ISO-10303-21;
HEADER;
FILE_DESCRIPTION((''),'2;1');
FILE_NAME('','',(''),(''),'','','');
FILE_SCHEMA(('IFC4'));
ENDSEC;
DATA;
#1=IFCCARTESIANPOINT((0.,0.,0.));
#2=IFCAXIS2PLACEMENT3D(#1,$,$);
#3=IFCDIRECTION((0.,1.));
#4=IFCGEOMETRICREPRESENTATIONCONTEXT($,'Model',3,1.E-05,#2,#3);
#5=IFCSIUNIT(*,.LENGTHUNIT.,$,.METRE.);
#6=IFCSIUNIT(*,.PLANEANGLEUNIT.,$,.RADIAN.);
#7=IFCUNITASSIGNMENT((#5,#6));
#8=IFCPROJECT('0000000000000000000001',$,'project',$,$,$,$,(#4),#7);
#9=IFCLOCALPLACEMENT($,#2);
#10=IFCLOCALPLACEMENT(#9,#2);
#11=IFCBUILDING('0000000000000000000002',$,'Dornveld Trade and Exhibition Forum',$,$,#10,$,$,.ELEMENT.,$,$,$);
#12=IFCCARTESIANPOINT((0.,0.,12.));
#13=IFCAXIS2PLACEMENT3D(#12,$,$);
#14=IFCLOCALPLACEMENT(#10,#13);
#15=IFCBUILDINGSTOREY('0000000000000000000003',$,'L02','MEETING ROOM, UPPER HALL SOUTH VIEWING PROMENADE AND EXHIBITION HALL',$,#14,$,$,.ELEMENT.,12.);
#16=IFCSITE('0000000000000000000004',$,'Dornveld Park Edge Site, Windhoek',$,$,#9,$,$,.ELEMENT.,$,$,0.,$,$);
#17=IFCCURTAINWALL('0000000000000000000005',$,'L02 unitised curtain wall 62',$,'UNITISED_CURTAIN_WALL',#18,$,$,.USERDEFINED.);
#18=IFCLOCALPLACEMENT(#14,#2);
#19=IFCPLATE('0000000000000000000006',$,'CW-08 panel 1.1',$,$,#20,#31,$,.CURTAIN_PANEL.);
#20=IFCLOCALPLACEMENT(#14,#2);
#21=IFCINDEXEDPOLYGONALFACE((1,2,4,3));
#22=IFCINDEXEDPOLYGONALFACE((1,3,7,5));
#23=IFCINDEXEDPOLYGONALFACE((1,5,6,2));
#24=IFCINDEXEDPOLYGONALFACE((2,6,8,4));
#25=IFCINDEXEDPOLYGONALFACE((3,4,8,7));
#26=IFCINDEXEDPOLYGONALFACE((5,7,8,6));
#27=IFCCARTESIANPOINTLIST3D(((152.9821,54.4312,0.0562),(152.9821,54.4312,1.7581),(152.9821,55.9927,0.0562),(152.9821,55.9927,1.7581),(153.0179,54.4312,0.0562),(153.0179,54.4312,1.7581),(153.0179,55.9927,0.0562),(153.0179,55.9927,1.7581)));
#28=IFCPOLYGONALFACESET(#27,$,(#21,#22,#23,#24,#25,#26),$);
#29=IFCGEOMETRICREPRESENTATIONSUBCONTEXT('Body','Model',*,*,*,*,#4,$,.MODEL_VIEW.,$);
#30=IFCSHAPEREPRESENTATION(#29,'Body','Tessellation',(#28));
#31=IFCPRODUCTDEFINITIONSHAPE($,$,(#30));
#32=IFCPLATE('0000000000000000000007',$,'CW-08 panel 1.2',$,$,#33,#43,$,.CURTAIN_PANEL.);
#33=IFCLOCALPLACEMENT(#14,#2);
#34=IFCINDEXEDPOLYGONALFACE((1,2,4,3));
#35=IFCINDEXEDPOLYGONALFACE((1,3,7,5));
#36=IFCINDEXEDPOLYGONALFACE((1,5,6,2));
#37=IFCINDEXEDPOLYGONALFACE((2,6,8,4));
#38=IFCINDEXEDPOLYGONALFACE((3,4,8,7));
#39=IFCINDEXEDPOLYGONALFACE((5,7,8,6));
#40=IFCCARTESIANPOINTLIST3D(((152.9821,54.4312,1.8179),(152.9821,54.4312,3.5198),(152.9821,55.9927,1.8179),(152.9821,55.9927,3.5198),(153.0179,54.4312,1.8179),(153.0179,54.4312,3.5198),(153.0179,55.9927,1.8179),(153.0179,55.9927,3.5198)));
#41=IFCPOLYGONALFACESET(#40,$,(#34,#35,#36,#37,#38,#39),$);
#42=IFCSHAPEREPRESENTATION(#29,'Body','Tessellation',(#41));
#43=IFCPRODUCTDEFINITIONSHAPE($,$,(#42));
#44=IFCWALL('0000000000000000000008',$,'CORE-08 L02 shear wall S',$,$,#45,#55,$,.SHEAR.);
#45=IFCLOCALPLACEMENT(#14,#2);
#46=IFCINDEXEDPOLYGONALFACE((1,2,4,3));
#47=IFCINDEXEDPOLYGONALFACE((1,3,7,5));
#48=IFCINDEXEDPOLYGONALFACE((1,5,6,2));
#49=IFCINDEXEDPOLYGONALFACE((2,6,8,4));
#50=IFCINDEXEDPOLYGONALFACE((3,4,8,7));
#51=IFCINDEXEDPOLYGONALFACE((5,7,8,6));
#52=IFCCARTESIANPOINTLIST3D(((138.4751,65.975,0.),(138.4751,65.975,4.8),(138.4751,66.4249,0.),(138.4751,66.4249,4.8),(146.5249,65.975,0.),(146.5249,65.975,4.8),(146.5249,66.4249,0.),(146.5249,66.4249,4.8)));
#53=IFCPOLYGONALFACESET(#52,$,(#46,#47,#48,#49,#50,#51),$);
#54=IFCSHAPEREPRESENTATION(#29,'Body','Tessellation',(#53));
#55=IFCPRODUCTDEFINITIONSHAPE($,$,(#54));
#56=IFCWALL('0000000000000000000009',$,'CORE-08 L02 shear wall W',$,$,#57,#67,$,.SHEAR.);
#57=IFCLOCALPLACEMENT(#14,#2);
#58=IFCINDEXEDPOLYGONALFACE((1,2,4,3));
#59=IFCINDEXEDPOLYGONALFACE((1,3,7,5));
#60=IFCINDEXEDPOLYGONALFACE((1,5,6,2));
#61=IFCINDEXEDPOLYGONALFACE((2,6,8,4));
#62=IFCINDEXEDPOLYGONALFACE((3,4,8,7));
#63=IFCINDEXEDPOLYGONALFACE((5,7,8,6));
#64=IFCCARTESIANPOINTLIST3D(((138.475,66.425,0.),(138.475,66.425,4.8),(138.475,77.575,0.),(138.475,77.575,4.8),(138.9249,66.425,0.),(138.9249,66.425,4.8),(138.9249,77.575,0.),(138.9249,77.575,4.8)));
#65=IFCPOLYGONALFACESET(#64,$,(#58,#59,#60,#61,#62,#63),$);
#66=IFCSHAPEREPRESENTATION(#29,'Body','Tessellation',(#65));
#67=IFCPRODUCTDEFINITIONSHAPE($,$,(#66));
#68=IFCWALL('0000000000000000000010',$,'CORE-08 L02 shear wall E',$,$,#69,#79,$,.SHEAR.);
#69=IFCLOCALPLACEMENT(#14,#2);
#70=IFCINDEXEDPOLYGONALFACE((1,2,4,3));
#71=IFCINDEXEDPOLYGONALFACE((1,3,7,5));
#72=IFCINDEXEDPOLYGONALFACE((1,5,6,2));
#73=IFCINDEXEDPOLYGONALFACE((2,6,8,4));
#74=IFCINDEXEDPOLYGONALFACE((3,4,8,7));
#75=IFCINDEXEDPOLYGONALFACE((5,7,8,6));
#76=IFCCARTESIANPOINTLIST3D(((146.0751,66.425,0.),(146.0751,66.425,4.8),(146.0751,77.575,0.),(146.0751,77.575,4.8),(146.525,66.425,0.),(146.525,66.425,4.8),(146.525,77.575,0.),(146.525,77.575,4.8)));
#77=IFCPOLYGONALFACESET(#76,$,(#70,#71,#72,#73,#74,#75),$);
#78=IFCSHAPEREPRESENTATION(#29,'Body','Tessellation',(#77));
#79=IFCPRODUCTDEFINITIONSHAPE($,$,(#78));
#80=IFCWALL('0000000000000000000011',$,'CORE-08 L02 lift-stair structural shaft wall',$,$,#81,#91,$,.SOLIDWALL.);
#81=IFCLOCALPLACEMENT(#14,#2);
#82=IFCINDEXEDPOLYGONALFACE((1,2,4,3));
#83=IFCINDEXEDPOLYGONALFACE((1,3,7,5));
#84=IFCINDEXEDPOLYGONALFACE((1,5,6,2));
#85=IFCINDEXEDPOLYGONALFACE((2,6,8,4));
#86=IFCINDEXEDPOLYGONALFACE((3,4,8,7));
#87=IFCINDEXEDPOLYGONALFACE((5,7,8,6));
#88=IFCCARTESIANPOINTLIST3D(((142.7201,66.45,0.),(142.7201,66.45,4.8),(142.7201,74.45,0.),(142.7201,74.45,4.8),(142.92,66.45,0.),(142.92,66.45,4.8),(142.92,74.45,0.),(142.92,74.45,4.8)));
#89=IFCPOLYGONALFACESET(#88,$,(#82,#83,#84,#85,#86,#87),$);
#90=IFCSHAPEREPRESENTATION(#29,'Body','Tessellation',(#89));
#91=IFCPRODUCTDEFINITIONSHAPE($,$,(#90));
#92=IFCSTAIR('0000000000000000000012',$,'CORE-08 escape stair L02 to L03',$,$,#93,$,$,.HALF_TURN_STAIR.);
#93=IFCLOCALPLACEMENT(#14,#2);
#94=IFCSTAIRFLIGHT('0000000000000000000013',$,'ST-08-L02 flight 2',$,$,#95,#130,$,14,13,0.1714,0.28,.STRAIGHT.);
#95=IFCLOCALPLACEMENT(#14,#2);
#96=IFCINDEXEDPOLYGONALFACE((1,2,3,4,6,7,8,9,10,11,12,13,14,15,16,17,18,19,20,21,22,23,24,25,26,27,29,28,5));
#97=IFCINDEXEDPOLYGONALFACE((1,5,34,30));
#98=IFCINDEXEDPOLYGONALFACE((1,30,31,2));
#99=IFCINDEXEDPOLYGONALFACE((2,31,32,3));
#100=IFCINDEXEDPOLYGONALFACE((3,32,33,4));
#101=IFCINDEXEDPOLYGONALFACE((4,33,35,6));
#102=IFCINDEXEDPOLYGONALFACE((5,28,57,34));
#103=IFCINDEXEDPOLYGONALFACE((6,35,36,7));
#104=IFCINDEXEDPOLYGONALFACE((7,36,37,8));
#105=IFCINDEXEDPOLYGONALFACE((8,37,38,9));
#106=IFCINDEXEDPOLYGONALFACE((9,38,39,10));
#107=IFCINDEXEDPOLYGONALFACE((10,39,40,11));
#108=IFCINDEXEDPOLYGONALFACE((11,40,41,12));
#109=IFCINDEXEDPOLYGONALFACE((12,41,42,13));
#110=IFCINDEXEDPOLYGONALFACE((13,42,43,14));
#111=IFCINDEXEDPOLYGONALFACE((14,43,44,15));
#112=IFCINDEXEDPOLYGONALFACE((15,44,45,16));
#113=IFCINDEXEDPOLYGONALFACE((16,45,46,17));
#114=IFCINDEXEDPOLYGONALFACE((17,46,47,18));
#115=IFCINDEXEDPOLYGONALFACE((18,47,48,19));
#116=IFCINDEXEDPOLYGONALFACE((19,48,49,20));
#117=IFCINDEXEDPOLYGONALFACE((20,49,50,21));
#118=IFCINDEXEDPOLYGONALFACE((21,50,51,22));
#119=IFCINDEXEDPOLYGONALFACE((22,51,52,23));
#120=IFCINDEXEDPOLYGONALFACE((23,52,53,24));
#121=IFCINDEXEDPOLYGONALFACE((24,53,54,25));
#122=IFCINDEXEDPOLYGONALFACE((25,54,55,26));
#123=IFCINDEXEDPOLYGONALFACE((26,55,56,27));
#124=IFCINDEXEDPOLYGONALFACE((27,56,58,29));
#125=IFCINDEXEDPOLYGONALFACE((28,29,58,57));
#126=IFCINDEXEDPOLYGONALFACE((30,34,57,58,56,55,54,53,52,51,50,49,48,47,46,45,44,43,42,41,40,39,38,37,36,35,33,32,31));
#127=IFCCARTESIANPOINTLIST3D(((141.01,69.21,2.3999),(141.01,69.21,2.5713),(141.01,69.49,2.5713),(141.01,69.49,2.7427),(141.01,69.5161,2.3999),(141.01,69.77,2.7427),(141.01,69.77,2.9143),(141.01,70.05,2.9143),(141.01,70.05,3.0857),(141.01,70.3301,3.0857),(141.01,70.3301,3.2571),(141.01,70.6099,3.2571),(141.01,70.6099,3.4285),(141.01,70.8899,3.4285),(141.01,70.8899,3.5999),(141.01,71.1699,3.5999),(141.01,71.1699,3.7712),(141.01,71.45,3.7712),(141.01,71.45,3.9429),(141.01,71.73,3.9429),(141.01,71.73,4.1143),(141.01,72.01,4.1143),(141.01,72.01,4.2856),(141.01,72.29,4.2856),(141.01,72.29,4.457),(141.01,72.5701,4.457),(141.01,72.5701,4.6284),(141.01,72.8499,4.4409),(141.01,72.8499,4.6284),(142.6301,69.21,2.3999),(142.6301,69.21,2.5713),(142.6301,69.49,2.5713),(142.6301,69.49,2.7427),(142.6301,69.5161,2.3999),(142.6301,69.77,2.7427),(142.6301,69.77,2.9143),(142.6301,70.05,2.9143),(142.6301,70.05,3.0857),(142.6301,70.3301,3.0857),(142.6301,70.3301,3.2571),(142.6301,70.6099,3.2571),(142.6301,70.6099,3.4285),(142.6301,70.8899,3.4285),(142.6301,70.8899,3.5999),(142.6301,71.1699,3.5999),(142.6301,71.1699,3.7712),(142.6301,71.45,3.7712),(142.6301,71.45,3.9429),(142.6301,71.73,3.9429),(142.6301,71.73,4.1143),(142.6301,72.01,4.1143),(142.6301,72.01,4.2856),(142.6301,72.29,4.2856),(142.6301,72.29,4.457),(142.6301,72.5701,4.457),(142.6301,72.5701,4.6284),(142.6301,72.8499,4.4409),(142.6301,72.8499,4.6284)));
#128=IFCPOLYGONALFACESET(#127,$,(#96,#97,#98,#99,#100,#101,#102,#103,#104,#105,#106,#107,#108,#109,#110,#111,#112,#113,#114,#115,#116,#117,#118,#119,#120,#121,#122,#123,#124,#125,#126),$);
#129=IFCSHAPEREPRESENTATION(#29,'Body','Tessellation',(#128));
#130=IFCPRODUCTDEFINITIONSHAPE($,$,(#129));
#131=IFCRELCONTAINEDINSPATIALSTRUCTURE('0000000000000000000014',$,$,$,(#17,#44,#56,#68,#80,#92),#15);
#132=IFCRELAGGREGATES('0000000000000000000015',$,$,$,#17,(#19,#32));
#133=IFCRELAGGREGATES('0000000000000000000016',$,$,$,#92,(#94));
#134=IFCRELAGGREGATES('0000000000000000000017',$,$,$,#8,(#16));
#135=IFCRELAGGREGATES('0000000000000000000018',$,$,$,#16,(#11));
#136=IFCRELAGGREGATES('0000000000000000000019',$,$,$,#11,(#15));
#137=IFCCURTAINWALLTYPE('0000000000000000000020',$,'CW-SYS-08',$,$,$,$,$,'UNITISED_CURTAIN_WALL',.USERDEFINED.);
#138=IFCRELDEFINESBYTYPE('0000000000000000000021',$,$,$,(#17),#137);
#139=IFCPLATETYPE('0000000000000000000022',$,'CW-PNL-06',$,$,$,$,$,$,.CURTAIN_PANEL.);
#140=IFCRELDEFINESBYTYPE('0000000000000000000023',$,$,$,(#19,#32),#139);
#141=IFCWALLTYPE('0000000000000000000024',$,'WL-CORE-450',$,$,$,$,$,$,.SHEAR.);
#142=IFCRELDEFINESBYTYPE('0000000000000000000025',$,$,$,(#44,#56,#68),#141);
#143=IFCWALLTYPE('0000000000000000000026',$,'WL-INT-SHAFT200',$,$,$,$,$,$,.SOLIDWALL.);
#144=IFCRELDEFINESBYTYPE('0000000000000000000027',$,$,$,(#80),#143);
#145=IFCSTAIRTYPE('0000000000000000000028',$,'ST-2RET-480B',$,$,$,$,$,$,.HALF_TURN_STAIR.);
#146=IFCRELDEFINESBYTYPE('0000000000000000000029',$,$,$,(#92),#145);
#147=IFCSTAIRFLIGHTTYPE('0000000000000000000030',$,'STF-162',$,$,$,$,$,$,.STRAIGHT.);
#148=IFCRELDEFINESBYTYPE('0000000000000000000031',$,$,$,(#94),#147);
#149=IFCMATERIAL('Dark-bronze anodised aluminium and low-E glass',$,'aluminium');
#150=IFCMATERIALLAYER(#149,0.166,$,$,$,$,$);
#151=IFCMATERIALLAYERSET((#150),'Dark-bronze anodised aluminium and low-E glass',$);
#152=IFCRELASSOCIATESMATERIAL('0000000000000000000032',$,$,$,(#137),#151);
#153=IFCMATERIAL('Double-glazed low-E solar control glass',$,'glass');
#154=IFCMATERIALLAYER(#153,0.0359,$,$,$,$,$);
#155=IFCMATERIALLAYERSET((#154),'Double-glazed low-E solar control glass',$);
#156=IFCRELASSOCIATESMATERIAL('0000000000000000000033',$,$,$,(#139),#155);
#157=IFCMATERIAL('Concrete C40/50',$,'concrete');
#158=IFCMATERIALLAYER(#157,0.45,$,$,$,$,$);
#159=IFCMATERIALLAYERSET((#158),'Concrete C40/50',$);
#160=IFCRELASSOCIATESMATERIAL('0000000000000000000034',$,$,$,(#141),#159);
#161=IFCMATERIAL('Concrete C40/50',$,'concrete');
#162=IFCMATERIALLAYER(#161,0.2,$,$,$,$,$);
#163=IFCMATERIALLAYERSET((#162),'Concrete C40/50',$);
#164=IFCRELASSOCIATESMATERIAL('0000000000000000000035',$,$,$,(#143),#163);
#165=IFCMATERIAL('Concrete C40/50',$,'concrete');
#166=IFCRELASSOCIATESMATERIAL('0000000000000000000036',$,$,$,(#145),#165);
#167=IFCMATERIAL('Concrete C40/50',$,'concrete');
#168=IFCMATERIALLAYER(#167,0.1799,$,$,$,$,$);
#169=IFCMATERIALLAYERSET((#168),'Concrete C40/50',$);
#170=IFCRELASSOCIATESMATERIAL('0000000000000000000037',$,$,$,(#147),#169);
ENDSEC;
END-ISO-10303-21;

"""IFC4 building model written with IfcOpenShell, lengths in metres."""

from ifc_helpers import new_model, si_unit, direction, frame, frame_2d, origin, origin_2d, place, context, subcontext, project, spatial, polyline, rectangle, outline, extrude, material, layer, layer_set, type_object, element, aggregate, save


model = new_model("IFC4")

# Units and contexts
model_context = context("Model", 3, precision=1e-05, world=origin(), true_north=direction((0.0, 1.0)))
body_context = subcontext(model_context, "Body", "Model", "MODEL_VIEW")
ifc_project = project(units=[si_unit("LENGTHUNIT", "METRE"), si_unit("PLANEANGLEUNIT", "RADIAN")], contexts=[model_context])

# Site, building, storey
site_placement = place(None, origin())
site = spatial("IfcSite", under=ifc_project, at=site_placement, Name="Dornveld Park Edge Site, Windhoek", CompositionType="ELEMENT", RefElevation=0.0)
building_placement = place(site_placement, origin())
building = spatial("IfcBuilding", under=site, at=building_placement, Name="Dornveld Trade and Exhibition Forum", CompositionType="ELEMENT")
storey_placement = place(building_placement, frame((0.0, 0.0, 12.0)))
storey = spatial("IfcBuildingStorey", under=building, at=storey_placement, Name="L02", Description="MEETING ROOM, UPPER HALL SOUTH VIEWING PROMENADE AND EXHIBITION HALL", CompositionType="ELEMENT", Elevation=12.0)

# Curtain wall, plates
ifc_material_1 = material(Name="Dark-bronze anodised aluminium and low-E glass", Category="aluminium")
ifc_layer_1 = layer(ifc_material_1, 0.166)
ifc_layer_set_1 = layer_set([ifc_layer_1], Name="Dark-bronze anodised aluminium and low-E glass")
curtain_wall_type = type_object("IfcCurtainWallType", Name="CW-SYS-08", ElementType="UNITISED_CURTAIN_WALL", PredefinedType="USERDEFINED", material=ifc_layer_set_1)
curtain_wall_placement = place(storey_placement, origin())
curtain_wall = element("IfcCurtainWall", 1, at=curtain_wall_placement, inside=storey, type_object=curtain_wall_type, Name="L02 unitised curtain wall 62", ObjectType="UNITISED_CURTAIN_WALL", PredefinedType="USERDEFINED")
ifc_material_2 = material(Name="Double-glazed low-E solar control glass", Category="glass")
ifc_layer_2 = layer(ifc_material_2, 0.0359)
ifc_layer_set_2 = layer_set([ifc_layer_2], Name="Double-glazed low-E solar control glass")
plate_type = type_object("IfcPlateType", Name="CW-PNL-06", PredefinedType="CURTAIN_PANEL", material=ifc_layer_set_2)
plate_1_placement = place(storey_placement, frame((153.0, 55.2119, 0.0562), z_axis=(0.0, 0.0, 1.0), x_axis=(0.0, 1.0, 0.0)))
plate_1 = element("IfcPlate", 2, at=plate_1_placement, type_object=plate_type, Name="CW-08 panel 1.1", PredefinedType="CURTAIN_PANEL", context=body_context, shape_type="SweptSolid", body=[
    extrude(rectangle(XDim=1.5615, YDim=0.0359, at=origin_2d()), origin(), (0.0, 0.0, 1.0), 1.7019),
])
plate_2_placement = place(storey_placement, frame((153.0, 55.2119, 1.8179), z_axis=(0.0, 0.0, 1.0), x_axis=(0.0, 1.0, 0.0)))
plate_2 = element("IfcPlate", 3, at=plate_2_placement, type_object=plate_type, Name="CW-08 panel 1.2", PredefinedType="CURTAIN_PANEL", context=body_context, shape_type="SweptSolid", body=[
    extrude(rectangle(XDim=1.5615, YDim=0.0359, at=origin_2d()), origin(), (0.0, 0.0, 1.0), 1.7019),
])
aggregate(curtain_wall, [plate_1, plate_2])

# Walls
ifc_material_3 = material(Name="Concrete C40/50", Category="concrete")
ifc_layer_3 = layer(ifc_material_3, 0.45)
ifc_layer_set_3 = layer_set([ifc_layer_3], Name="Concrete C40/50")
wall_type_1 = type_object("IfcWallType", Name="WL-CORE-450", PredefinedType="SHEAR", material=ifc_layer_set_3)
wall_1_placement = place(storey_placement, frame((138.4751, 66.2, 0.0), z_axis=(0.0, 0.0, 1.0), x_axis=(1.0, 0.0, 0.0)))
element("IfcWall", 4, at=wall_1_placement, inside=storey, type_object=wall_type_1, Name="CORE-08 L02 shear wall S", PredefinedType="SHEAR", context=body_context, shape_type="SweptSolid", body=[
    extrude(rectangle(XDim=8.0498, YDim=0.45, at=frame_2d((4.0249, 0.0))), origin(), (0.0, 0.0, 1.0), 4.8),
])
for number, where, z_axis, x_axis, name in (
    (5, (138.7, 66.425, 0.0), (0.0, 0.0, 1.0), (0.0, 1.0, 0.0), "CORE-08 L02 shear wall W"),
    (6, (146.3, 66.425, 0.0), (0.0, 0.0, 1.0), (0.0, 1.0, 0.0), "CORE-08 L02 shear wall E"),
):
    element("IfcWall", number, at=place(storey_placement, frame(where, z_axis=z_axis, x_axis=x_axis)), inside=storey, type_object=wall_type_1, Name=name, PredefinedType="SHEAR", context=body_context, shape_type="SweptSolid", body=[
        extrude(rectangle(XDim=11.1499, YDim=0.45, at=frame_2d((5.575, 0.0))), origin(), (0.0, 0.0, 1.0), 4.8),
    ])
ifc_material_4 = material(Name="Concrete C40/50", Category="concrete")
ifc_layer_4 = layer(ifc_material_4, 0.2)
ifc_layer_set_4 = layer_set([ifc_layer_4], Name="Concrete C40/50")
wall_type_2 = type_object("IfcWallType", Name="WL-INT-SHAFT200", PredefinedType="SOLIDWALL", material=ifc_layer_set_4)
wall_2_placement = place(storey_placement, frame((142.8201, 66.45, 0.0), z_axis=(0.0, 0.0, 1.0), x_axis=(0.0, 1.0, 0.0)))
element("IfcWall", 7, at=wall_2_placement, inside=storey, type_object=wall_type_2, Name="CORE-08 L02 lift-stair structural shaft wall", PredefinedType="SOLIDWALL", context=body_context, shape_type="SweptSolid", body=[
    extrude(rectangle(XDim=8.0, YDim=0.2, at=frame_2d((4.0, 0.0))), origin(), (0.0, 0.0, 1.0), 4.8),
])

# Stair, stair flight
ifc_material_5 = material(Name="Concrete C40/50", Category="concrete")
stair_type = type_object("IfcStairType", Name="ST-2RET-480B", PredefinedType="HALF_TURN_STAIR", material=ifc_material_5)
stair_placement = place(storey_placement, origin())
stair = element("IfcStair", 8, at=stair_placement, inside=storey, type_object=stair_type, Name="CORE-08 escape stair L02 to L03", PredefinedType="HALF_TURN_STAIR")
ifc_material_6 = material(Name="Concrete C40/50", Category="concrete")
ifc_layer_5 = layer(ifc_material_6, 0.1799)
ifc_layer_set_5 = layer_set([ifc_layer_5], Name="Concrete C40/50")
stair_flight_type = type_object("IfcStairFlightType", Name="STF-162", PredefinedType="STRAIGHT", material=ifc_layer_set_5)
stair_flight_placement = place(storey_placement, frame((141.8201, 69.21, 2.3999), z_axis=(0.0, 0.0, 1.0), x_axis=(0.0, 1.0, 0.0)))
stair_flight = element("IfcStairFlight", 9, at=stair_flight_placement, type_object=stair_flight_type, Name="ST-08-L02 flight 2", NumberOfRisers=14, NumberOfTreads=13, PredefinedType="STRAIGHT", RiserHeight=0.1714, TreadLength=0.28, context=body_context, shape_type="SweptSolid", body=[
    extrude(outline(polyline([(0.0, 0.0), (0.0, 0.1714), (0.28, 0.1714), (0.28, 0.3428), (0.5601, 0.3428), (0.5601, 0.5144), (0.8401, 0.5144), (0.8401, 0.6858), (1.1201, 0.6858), (1.1201, 0.8572), (1.3999, 0.8572), (1.3999, 1.0286), (1.6799, 1.0286), (1.6799, 1.2), (1.96, 1.2), (1.96, 1.3713), (2.24, 1.3713), (2.24, 1.543), (2.52, 1.543), (2.52, 1.7144), (2.8, 1.7144), (2.8, 1.8857), (3.0801, 1.8857), (3.0801, 2.0571), (3.3601, 2.0571), (3.3601, 2.2285), (3.6399, 2.2285), (3.6399, 2.3999), (3.6399, 2.041), (0.3062, 0.0), (0.0, 0.0)])), frame((0.0, 0.8101, 0.0), z_axis=(0.0, -1.0, 0.0), x_axis=(1.0, 0.0, 0.0)), (0.0, 0.0, 1.0), 1.6201),
])
aggregate(stair, [stair_flight])

save(model, "model.ifc")
